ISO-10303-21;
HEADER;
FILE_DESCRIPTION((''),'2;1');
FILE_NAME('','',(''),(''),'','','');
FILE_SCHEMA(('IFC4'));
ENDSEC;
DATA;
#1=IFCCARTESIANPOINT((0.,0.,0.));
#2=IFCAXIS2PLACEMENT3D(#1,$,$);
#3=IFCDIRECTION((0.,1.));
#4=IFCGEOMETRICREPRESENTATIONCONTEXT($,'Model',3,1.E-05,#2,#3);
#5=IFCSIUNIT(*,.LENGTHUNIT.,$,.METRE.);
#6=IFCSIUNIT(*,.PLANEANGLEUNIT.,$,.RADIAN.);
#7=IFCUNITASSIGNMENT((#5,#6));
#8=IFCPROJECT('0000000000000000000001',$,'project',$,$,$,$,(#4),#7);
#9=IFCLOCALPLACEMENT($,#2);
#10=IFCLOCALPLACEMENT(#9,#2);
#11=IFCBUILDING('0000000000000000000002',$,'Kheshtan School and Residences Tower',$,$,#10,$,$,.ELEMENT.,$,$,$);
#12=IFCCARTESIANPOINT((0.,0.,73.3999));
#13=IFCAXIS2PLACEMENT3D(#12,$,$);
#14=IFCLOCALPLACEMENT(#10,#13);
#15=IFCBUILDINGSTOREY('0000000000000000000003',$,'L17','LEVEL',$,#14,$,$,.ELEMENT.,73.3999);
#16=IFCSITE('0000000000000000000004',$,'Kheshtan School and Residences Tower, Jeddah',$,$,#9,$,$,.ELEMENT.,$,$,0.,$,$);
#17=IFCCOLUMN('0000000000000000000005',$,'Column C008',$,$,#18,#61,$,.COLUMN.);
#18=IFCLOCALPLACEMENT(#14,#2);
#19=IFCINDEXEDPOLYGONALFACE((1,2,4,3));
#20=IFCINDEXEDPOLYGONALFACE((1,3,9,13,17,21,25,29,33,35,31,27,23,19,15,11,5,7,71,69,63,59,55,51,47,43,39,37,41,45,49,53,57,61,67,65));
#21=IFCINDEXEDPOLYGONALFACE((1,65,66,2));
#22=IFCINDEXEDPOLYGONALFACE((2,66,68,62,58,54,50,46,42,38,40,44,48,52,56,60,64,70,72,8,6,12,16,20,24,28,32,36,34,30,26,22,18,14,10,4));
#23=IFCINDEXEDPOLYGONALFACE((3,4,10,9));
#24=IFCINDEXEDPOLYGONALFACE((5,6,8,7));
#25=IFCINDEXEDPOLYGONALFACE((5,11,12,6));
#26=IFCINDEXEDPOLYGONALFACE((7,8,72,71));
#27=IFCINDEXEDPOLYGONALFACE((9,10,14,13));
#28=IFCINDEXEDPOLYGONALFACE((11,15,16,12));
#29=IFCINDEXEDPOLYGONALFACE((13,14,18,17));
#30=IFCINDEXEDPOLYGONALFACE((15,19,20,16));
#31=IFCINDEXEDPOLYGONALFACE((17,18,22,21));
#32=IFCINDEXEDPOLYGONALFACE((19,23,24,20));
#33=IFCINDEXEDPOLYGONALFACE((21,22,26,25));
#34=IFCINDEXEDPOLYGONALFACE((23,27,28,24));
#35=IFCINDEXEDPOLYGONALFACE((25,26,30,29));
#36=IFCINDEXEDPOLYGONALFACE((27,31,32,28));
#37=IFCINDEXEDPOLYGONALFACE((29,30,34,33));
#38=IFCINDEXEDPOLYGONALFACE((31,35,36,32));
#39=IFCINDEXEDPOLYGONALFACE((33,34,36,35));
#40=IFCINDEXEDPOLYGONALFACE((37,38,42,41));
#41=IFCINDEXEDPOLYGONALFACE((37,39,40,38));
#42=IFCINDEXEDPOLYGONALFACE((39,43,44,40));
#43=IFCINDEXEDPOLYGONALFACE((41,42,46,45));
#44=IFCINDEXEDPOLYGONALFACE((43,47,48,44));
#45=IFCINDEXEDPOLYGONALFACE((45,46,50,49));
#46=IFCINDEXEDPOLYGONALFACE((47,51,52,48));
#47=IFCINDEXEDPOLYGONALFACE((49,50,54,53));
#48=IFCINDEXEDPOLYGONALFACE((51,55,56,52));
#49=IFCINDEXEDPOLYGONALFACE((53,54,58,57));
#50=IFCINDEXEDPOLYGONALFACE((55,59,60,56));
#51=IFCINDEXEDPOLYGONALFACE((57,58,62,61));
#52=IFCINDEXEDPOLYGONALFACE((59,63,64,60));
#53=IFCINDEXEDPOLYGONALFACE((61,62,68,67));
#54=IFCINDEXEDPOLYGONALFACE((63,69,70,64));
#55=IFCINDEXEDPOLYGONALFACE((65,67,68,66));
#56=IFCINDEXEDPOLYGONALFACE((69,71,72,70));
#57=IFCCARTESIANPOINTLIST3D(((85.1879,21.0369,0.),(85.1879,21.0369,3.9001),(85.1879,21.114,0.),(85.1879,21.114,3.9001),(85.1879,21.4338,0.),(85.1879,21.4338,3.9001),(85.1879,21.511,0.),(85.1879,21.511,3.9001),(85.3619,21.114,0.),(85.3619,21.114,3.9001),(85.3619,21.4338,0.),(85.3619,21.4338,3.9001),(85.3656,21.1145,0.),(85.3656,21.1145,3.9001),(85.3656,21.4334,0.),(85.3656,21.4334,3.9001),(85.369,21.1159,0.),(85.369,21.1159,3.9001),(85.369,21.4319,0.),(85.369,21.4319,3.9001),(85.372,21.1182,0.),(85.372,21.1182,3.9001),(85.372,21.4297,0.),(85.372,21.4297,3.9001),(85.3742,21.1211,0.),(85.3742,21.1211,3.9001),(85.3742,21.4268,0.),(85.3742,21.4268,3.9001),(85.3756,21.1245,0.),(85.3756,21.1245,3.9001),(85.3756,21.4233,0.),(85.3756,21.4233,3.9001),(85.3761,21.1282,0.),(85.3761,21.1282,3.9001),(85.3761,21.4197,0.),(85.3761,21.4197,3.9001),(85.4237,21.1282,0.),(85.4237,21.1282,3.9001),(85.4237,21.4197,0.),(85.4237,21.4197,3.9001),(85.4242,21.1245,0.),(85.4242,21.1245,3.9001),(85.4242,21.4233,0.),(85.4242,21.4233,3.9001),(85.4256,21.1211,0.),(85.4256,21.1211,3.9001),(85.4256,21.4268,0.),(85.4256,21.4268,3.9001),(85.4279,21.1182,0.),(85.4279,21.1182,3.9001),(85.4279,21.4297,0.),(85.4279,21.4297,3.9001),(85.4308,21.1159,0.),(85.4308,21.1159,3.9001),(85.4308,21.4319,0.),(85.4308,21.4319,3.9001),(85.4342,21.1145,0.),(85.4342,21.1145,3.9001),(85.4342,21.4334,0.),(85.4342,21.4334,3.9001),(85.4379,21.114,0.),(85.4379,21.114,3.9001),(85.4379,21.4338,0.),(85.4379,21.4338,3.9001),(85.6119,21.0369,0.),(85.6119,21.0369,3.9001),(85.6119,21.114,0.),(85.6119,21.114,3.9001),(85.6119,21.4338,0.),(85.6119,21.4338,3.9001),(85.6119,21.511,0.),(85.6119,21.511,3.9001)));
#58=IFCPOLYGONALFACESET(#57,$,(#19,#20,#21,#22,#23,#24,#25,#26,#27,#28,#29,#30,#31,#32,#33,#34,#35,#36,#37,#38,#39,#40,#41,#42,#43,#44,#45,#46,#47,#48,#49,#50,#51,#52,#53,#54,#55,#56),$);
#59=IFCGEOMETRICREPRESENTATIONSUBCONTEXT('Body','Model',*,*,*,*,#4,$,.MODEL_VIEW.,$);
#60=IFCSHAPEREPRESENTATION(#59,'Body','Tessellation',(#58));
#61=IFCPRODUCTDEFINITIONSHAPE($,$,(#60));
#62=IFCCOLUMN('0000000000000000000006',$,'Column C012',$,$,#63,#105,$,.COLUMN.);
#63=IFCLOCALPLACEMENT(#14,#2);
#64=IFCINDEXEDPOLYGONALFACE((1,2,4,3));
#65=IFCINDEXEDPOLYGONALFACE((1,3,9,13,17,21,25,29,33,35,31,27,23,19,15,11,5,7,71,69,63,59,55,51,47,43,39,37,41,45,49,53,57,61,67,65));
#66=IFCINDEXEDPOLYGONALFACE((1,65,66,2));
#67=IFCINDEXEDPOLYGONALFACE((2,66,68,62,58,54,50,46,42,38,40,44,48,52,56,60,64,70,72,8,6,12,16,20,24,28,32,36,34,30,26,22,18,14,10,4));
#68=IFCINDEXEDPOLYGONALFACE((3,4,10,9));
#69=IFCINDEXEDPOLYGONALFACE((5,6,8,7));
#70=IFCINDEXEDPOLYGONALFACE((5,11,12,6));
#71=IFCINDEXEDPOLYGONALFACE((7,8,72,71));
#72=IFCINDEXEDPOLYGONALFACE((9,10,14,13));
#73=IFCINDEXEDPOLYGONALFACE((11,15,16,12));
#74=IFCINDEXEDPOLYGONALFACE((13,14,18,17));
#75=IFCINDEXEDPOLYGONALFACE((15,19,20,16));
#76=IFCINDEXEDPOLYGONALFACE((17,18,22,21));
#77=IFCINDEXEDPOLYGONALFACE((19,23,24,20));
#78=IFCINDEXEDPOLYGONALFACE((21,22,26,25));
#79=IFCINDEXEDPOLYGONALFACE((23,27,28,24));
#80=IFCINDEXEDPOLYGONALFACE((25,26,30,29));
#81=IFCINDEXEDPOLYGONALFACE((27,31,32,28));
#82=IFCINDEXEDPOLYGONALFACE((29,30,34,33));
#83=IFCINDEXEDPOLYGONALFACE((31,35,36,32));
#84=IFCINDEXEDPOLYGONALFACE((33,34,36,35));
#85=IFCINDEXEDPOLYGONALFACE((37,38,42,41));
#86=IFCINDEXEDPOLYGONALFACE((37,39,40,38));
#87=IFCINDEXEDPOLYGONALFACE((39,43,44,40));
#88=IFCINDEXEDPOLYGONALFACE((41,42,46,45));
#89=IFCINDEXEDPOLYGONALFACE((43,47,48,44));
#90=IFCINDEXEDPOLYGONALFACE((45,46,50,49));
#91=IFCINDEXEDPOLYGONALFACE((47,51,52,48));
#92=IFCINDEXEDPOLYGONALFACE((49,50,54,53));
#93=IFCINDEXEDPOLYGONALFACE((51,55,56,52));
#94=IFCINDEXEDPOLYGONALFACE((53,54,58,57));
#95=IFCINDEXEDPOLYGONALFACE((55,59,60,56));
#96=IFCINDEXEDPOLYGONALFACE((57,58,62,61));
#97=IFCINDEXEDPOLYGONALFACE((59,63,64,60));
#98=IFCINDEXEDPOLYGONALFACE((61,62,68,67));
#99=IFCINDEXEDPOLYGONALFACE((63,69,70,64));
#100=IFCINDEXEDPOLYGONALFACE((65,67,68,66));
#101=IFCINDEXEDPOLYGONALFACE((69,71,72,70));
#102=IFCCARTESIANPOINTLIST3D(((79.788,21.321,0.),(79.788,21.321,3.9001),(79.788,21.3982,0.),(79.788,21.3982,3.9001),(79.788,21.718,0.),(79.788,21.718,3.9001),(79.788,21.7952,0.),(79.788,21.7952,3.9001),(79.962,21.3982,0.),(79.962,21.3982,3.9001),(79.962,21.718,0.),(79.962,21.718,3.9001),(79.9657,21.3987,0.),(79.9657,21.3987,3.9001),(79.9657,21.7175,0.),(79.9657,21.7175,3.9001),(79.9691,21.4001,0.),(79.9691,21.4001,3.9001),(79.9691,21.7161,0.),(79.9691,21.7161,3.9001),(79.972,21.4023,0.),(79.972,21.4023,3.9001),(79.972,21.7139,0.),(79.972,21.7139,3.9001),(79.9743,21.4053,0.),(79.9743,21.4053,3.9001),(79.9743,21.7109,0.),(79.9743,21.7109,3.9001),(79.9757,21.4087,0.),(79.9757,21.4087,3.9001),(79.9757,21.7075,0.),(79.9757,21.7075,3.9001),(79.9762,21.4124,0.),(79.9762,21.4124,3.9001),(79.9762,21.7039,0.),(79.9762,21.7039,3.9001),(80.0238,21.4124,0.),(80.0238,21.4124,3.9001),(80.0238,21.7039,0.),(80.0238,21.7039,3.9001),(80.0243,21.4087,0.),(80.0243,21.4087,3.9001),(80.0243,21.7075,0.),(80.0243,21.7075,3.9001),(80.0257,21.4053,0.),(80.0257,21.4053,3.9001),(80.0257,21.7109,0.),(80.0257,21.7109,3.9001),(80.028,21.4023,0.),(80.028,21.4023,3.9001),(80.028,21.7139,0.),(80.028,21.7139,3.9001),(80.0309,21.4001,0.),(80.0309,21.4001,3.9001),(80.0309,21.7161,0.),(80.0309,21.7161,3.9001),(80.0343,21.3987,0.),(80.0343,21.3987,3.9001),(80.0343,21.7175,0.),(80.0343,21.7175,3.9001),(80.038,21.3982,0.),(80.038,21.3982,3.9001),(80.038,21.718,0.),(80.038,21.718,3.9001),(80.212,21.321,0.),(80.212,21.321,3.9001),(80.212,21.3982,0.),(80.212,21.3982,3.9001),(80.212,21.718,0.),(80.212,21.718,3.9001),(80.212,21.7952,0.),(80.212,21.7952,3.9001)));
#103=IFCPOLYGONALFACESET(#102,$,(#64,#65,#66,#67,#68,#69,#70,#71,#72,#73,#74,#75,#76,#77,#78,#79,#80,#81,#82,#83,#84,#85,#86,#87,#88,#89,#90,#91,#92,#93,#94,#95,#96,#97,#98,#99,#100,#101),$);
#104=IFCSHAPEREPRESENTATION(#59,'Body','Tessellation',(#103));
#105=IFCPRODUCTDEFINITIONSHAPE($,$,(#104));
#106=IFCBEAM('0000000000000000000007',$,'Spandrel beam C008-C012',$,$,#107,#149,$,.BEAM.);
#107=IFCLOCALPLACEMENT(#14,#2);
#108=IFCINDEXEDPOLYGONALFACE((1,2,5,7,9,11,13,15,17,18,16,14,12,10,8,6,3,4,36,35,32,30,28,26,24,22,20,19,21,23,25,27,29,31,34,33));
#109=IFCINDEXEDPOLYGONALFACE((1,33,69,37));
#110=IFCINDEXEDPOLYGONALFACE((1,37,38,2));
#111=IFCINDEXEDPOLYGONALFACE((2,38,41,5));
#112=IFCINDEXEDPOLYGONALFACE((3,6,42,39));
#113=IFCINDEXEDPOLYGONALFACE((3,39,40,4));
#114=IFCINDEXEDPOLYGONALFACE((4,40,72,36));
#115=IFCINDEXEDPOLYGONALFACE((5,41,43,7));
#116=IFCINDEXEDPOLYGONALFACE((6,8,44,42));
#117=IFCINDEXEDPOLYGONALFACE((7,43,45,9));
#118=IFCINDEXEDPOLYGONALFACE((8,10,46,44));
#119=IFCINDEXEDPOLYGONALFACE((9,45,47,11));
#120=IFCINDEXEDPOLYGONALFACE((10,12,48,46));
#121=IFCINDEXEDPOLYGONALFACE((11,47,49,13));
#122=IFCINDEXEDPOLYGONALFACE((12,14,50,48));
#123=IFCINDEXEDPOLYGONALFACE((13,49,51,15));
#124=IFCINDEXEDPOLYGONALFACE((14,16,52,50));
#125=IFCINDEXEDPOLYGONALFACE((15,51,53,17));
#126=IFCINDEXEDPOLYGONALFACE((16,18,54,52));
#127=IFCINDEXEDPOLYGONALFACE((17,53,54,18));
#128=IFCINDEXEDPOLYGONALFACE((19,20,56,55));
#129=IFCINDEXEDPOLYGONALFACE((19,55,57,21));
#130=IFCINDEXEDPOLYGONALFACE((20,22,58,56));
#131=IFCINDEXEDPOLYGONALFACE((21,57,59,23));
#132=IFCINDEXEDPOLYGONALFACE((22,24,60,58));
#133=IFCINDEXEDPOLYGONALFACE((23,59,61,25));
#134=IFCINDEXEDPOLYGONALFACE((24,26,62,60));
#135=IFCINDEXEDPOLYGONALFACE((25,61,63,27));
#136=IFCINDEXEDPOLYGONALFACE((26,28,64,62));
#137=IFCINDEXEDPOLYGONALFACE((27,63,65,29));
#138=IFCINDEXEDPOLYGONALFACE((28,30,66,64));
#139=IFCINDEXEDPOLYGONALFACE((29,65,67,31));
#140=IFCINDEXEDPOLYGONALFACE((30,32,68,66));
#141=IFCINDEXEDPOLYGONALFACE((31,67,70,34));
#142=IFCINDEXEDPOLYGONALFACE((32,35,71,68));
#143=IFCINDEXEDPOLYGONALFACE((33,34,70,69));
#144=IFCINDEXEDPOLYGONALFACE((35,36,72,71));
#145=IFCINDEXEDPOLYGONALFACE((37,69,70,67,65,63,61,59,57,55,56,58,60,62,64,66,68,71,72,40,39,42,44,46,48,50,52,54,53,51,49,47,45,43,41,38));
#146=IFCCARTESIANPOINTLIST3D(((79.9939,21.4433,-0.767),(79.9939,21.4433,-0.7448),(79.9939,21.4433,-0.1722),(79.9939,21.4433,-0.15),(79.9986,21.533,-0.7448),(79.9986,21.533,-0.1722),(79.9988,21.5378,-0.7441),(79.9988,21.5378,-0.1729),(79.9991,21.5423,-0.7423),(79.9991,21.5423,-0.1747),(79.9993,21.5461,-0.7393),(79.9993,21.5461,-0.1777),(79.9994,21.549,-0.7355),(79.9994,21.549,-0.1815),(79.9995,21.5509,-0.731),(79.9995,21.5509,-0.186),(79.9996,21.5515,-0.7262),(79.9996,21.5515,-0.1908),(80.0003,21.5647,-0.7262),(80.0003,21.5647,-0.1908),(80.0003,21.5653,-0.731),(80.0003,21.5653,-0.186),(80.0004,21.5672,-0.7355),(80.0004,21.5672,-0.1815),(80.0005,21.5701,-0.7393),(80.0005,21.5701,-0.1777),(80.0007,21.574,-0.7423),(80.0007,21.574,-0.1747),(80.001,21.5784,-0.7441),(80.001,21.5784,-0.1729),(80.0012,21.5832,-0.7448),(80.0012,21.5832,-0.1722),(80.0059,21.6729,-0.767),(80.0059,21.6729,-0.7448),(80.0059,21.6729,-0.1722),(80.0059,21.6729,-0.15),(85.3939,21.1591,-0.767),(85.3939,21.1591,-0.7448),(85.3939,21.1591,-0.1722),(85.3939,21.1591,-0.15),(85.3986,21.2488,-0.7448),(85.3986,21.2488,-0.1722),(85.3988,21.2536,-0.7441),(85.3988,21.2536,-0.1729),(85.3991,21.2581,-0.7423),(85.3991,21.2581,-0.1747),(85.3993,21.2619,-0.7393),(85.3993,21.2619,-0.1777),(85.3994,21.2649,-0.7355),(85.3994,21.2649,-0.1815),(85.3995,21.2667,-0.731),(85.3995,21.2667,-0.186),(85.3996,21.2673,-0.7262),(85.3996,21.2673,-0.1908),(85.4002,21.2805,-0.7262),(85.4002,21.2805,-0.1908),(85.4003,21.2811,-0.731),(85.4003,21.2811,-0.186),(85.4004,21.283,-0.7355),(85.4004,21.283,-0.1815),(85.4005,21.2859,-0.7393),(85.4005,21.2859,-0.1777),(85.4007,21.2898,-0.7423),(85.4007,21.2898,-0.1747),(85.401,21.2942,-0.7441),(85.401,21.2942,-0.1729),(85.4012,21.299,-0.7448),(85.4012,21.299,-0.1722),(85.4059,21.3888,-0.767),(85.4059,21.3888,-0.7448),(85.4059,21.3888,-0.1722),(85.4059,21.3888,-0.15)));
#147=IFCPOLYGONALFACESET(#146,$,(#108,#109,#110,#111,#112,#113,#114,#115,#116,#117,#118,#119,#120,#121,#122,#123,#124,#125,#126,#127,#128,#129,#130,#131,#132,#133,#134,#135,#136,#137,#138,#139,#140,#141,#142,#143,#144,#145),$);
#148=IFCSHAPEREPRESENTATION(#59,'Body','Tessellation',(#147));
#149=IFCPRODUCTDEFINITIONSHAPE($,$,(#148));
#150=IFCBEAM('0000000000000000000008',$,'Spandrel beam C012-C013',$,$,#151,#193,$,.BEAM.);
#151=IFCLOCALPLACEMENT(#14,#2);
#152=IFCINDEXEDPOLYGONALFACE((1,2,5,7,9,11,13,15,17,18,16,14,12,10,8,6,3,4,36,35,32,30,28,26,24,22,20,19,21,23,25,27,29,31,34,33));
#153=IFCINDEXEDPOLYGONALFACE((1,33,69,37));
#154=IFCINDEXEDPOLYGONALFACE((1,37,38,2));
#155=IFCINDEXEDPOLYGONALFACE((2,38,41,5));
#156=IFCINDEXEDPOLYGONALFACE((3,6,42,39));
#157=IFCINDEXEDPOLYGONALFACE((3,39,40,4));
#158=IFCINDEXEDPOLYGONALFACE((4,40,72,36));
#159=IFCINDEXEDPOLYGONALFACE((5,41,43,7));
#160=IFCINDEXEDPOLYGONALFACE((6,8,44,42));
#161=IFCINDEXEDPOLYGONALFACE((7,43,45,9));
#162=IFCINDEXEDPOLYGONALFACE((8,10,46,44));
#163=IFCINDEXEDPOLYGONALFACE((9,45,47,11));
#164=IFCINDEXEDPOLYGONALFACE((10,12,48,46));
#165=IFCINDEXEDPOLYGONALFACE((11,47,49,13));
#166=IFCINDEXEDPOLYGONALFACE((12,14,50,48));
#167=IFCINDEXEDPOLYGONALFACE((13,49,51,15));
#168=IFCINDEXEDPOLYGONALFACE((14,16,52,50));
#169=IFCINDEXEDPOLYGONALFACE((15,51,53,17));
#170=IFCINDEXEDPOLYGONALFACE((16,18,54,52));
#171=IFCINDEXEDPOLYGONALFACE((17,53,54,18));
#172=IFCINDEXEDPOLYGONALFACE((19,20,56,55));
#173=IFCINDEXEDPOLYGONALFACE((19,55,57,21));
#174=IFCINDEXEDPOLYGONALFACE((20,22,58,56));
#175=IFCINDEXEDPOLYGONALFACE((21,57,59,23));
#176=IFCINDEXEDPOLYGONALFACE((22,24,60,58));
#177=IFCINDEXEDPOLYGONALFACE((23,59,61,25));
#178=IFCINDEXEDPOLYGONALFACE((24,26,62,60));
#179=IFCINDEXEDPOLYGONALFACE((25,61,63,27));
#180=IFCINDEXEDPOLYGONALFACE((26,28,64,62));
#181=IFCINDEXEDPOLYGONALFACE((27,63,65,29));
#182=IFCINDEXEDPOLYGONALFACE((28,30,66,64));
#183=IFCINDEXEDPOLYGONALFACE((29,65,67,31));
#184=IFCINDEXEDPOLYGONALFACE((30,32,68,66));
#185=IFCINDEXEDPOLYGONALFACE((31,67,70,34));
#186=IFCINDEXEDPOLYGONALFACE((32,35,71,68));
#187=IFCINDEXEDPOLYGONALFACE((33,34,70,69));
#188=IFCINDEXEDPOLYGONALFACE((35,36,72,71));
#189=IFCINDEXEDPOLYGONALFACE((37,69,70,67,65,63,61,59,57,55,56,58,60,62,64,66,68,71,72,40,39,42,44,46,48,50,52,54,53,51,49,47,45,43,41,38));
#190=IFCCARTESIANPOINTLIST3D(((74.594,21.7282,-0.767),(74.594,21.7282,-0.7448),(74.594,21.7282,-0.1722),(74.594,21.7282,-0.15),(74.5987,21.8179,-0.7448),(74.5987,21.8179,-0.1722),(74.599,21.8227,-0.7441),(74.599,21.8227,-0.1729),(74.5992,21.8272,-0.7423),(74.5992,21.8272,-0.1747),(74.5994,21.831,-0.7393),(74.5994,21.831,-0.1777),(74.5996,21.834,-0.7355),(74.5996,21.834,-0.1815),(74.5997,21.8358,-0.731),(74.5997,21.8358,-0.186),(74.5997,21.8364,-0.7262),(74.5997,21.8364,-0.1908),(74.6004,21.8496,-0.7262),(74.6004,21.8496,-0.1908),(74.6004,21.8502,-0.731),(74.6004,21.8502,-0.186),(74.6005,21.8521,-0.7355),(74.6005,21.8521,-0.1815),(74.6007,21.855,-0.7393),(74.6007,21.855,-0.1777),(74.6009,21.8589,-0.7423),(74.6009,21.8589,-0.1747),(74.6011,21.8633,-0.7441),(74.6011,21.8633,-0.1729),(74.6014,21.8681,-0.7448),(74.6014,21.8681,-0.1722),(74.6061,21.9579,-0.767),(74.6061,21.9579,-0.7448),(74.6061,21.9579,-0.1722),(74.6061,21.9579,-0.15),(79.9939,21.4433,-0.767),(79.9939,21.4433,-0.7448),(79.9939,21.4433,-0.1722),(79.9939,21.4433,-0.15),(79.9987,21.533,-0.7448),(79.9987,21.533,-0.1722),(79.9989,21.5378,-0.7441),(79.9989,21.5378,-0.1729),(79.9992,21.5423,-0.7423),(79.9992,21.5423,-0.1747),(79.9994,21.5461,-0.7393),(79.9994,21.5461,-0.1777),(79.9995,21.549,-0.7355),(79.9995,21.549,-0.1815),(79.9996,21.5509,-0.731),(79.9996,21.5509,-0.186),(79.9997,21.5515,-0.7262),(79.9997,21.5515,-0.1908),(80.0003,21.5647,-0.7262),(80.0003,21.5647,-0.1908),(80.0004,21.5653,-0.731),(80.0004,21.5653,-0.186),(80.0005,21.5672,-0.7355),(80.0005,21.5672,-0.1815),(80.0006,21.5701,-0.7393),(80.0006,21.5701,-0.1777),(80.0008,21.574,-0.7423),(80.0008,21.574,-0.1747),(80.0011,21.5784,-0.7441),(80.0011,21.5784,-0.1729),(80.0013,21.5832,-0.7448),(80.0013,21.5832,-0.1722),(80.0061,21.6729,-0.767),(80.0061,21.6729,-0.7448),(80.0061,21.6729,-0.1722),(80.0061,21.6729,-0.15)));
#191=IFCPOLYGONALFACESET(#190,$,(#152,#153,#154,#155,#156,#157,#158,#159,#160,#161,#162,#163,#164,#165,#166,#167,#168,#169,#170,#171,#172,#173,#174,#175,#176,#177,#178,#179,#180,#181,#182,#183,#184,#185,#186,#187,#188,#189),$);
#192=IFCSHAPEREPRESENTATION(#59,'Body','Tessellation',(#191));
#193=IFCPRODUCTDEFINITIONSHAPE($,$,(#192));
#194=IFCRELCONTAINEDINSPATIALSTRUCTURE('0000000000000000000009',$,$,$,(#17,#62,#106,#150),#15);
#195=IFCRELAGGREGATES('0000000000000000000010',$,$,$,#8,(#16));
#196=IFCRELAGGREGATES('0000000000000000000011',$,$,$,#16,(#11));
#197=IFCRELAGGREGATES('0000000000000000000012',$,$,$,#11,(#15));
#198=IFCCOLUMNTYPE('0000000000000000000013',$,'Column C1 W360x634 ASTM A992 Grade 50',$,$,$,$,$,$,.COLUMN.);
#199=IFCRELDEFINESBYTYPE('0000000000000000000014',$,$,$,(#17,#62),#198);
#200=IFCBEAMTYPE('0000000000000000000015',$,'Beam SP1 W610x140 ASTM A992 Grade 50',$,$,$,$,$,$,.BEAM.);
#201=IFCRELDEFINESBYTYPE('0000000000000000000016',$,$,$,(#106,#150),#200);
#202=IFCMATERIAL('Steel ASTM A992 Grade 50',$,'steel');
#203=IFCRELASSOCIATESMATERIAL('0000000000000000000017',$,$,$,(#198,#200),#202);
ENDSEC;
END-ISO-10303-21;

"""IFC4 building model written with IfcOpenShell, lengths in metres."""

from ifc_helpers import new_model, si_unit, direction, frame, origin, origin_2d, place, context, subcontext, project, spatial, i_section, extrude, material, material_profile, profile_set, type_object, element, save


model = new_model("IFC4")

# Units and contexts
model_context = context("Model", 3, precision=1e-05, world=origin(), true_north=direction((0.0, 1.0)))
body_context = subcontext(model_context, "Body", "Model", "MODEL_VIEW")
ifc_project = project(units=[si_unit("LENGTHUNIT", "METRE"), si_unit("PLANEANGLEUNIT", "RADIAN")], contexts=[model_context])

# Site, building, storey
site_placement = place(None, origin())
site = spatial("IfcSite", under=ifc_project, at=site_placement, Name="Kheshtan School and Residences Tower, Jeddah", CompositionType="ELEMENT", RefElevation=0.0)
building_placement = place(site_placement, origin())
building = spatial("IfcBuilding", under=site, at=building_placement, Name="Kheshtan School and Residences Tower", CompositionType="ELEMENT")
storey_placement = place(building_placement, frame((0.0, 0.0, 73.3999)))
storey = spatial("IfcBuildingStorey", under=building, at=storey_placement, Name="L17", Description="LEVEL", CompositionType="ELEMENT", Elevation=73.3999)

# Columns
ifc_material_1 = material(Name="Steel ASTM A992 Grade 50", Category="steel")
ifc_material_profile_1 = material_profile(ifc_material_1, i_section(OverallWidth=0.4241, OverallDepth=0.4741, WebThickness=0.0476, FlangeThickness=0.0771, FilletRadius=0.0142, at=origin_2d()), Name="W360x634")
ifc_profile_set_1 = profile_set([ifc_material_profile_1], Name="Steel ASTM A992 Grade 50")
column_type = type_object("IfcColumnType", Name="Column C1 W360x634 ASTM A992 Grade 50", PredefinedType="COLUMN", material=ifc_profile_set_1)
for number, where, z_axis, x_axis, name in (
    (1, (85.3999, 21.2739, 0.0), (0.0, 0.0, 1.0), (1.0, 0.0, 0.0), "Column C008"),
    (2, (80.0, 21.5581, 0.0), (0.0, 0.0, 1.0), (1.0, 0.0, 0.0), "Column C012"),
):
    element("IfcColumn", number, at=place(storey_placement, frame(where, z_axis=z_axis, x_axis=x_axis)), inside=storey, type_object=column_type, Name=name, PredefinedType="COLUMN", context=body_context, shape_type="SweptSolid", body=[
        extrude(i_section(OverallWidth=0.4241, OverallDepth=0.4741, WebThickness=0.0476, FlangeThickness=0.0771, FilletRadius=0.0142, at=origin_2d()), origin(), (0.0, 0.0, 1.0), 3.9001),
    ])

# Beams
ifc_material_profile_2 = material_profile(ifc_material_1, i_section(OverallWidth=0.23, OverallDepth=0.6169, WebThickness=0.0132, FlangeThickness=0.0222, FilletRadius=0.0186, at=origin_2d()), Name="W610x140")
ifc_profile_set_2 = profile_set([ifc_material_profile_2], Name="Steel ASTM A992 Grade 50")
beam_type = type_object("IfcBeamType", Name="Beam SP1 W610x140 ASTM A992 Grade 50", PredefinedType="BEAM", material=ifc_profile_set_2)
for number, where, z_axis, x_axis, name in (
    (3, (85.3999, 21.2739, -0.4585), (-0.998618, 0.052554, 0.0), (-0.052554, -0.998618, 0.0), "Spandrel beam C008-C012"),
    (4, (80.0, 21.5581, -0.4585), (-0.998611, 0.052689, 0.0), (-0.052689, -0.998611, 0.0), "Spandrel beam C012-C013"),
):
    element("IfcBeam", number, at=place(storey_placement, frame(where, z_axis=z_axis, x_axis=x_axis)), inside=storey, type_object=beam_type, Name=name, PredefinedType="BEAM", context=body_context, shape_type="SweptSolid", body=[
        extrude(i_section(OverallWidth=0.23, OverallDepth=0.6169, WebThickness=0.0132, FlangeThickness=0.0222, FilletRadius=0.0186, at=origin_2d()), origin(), (0.0, 0.0, 1.0), 5.4075),
    ])

save(model, "model.ifc")
